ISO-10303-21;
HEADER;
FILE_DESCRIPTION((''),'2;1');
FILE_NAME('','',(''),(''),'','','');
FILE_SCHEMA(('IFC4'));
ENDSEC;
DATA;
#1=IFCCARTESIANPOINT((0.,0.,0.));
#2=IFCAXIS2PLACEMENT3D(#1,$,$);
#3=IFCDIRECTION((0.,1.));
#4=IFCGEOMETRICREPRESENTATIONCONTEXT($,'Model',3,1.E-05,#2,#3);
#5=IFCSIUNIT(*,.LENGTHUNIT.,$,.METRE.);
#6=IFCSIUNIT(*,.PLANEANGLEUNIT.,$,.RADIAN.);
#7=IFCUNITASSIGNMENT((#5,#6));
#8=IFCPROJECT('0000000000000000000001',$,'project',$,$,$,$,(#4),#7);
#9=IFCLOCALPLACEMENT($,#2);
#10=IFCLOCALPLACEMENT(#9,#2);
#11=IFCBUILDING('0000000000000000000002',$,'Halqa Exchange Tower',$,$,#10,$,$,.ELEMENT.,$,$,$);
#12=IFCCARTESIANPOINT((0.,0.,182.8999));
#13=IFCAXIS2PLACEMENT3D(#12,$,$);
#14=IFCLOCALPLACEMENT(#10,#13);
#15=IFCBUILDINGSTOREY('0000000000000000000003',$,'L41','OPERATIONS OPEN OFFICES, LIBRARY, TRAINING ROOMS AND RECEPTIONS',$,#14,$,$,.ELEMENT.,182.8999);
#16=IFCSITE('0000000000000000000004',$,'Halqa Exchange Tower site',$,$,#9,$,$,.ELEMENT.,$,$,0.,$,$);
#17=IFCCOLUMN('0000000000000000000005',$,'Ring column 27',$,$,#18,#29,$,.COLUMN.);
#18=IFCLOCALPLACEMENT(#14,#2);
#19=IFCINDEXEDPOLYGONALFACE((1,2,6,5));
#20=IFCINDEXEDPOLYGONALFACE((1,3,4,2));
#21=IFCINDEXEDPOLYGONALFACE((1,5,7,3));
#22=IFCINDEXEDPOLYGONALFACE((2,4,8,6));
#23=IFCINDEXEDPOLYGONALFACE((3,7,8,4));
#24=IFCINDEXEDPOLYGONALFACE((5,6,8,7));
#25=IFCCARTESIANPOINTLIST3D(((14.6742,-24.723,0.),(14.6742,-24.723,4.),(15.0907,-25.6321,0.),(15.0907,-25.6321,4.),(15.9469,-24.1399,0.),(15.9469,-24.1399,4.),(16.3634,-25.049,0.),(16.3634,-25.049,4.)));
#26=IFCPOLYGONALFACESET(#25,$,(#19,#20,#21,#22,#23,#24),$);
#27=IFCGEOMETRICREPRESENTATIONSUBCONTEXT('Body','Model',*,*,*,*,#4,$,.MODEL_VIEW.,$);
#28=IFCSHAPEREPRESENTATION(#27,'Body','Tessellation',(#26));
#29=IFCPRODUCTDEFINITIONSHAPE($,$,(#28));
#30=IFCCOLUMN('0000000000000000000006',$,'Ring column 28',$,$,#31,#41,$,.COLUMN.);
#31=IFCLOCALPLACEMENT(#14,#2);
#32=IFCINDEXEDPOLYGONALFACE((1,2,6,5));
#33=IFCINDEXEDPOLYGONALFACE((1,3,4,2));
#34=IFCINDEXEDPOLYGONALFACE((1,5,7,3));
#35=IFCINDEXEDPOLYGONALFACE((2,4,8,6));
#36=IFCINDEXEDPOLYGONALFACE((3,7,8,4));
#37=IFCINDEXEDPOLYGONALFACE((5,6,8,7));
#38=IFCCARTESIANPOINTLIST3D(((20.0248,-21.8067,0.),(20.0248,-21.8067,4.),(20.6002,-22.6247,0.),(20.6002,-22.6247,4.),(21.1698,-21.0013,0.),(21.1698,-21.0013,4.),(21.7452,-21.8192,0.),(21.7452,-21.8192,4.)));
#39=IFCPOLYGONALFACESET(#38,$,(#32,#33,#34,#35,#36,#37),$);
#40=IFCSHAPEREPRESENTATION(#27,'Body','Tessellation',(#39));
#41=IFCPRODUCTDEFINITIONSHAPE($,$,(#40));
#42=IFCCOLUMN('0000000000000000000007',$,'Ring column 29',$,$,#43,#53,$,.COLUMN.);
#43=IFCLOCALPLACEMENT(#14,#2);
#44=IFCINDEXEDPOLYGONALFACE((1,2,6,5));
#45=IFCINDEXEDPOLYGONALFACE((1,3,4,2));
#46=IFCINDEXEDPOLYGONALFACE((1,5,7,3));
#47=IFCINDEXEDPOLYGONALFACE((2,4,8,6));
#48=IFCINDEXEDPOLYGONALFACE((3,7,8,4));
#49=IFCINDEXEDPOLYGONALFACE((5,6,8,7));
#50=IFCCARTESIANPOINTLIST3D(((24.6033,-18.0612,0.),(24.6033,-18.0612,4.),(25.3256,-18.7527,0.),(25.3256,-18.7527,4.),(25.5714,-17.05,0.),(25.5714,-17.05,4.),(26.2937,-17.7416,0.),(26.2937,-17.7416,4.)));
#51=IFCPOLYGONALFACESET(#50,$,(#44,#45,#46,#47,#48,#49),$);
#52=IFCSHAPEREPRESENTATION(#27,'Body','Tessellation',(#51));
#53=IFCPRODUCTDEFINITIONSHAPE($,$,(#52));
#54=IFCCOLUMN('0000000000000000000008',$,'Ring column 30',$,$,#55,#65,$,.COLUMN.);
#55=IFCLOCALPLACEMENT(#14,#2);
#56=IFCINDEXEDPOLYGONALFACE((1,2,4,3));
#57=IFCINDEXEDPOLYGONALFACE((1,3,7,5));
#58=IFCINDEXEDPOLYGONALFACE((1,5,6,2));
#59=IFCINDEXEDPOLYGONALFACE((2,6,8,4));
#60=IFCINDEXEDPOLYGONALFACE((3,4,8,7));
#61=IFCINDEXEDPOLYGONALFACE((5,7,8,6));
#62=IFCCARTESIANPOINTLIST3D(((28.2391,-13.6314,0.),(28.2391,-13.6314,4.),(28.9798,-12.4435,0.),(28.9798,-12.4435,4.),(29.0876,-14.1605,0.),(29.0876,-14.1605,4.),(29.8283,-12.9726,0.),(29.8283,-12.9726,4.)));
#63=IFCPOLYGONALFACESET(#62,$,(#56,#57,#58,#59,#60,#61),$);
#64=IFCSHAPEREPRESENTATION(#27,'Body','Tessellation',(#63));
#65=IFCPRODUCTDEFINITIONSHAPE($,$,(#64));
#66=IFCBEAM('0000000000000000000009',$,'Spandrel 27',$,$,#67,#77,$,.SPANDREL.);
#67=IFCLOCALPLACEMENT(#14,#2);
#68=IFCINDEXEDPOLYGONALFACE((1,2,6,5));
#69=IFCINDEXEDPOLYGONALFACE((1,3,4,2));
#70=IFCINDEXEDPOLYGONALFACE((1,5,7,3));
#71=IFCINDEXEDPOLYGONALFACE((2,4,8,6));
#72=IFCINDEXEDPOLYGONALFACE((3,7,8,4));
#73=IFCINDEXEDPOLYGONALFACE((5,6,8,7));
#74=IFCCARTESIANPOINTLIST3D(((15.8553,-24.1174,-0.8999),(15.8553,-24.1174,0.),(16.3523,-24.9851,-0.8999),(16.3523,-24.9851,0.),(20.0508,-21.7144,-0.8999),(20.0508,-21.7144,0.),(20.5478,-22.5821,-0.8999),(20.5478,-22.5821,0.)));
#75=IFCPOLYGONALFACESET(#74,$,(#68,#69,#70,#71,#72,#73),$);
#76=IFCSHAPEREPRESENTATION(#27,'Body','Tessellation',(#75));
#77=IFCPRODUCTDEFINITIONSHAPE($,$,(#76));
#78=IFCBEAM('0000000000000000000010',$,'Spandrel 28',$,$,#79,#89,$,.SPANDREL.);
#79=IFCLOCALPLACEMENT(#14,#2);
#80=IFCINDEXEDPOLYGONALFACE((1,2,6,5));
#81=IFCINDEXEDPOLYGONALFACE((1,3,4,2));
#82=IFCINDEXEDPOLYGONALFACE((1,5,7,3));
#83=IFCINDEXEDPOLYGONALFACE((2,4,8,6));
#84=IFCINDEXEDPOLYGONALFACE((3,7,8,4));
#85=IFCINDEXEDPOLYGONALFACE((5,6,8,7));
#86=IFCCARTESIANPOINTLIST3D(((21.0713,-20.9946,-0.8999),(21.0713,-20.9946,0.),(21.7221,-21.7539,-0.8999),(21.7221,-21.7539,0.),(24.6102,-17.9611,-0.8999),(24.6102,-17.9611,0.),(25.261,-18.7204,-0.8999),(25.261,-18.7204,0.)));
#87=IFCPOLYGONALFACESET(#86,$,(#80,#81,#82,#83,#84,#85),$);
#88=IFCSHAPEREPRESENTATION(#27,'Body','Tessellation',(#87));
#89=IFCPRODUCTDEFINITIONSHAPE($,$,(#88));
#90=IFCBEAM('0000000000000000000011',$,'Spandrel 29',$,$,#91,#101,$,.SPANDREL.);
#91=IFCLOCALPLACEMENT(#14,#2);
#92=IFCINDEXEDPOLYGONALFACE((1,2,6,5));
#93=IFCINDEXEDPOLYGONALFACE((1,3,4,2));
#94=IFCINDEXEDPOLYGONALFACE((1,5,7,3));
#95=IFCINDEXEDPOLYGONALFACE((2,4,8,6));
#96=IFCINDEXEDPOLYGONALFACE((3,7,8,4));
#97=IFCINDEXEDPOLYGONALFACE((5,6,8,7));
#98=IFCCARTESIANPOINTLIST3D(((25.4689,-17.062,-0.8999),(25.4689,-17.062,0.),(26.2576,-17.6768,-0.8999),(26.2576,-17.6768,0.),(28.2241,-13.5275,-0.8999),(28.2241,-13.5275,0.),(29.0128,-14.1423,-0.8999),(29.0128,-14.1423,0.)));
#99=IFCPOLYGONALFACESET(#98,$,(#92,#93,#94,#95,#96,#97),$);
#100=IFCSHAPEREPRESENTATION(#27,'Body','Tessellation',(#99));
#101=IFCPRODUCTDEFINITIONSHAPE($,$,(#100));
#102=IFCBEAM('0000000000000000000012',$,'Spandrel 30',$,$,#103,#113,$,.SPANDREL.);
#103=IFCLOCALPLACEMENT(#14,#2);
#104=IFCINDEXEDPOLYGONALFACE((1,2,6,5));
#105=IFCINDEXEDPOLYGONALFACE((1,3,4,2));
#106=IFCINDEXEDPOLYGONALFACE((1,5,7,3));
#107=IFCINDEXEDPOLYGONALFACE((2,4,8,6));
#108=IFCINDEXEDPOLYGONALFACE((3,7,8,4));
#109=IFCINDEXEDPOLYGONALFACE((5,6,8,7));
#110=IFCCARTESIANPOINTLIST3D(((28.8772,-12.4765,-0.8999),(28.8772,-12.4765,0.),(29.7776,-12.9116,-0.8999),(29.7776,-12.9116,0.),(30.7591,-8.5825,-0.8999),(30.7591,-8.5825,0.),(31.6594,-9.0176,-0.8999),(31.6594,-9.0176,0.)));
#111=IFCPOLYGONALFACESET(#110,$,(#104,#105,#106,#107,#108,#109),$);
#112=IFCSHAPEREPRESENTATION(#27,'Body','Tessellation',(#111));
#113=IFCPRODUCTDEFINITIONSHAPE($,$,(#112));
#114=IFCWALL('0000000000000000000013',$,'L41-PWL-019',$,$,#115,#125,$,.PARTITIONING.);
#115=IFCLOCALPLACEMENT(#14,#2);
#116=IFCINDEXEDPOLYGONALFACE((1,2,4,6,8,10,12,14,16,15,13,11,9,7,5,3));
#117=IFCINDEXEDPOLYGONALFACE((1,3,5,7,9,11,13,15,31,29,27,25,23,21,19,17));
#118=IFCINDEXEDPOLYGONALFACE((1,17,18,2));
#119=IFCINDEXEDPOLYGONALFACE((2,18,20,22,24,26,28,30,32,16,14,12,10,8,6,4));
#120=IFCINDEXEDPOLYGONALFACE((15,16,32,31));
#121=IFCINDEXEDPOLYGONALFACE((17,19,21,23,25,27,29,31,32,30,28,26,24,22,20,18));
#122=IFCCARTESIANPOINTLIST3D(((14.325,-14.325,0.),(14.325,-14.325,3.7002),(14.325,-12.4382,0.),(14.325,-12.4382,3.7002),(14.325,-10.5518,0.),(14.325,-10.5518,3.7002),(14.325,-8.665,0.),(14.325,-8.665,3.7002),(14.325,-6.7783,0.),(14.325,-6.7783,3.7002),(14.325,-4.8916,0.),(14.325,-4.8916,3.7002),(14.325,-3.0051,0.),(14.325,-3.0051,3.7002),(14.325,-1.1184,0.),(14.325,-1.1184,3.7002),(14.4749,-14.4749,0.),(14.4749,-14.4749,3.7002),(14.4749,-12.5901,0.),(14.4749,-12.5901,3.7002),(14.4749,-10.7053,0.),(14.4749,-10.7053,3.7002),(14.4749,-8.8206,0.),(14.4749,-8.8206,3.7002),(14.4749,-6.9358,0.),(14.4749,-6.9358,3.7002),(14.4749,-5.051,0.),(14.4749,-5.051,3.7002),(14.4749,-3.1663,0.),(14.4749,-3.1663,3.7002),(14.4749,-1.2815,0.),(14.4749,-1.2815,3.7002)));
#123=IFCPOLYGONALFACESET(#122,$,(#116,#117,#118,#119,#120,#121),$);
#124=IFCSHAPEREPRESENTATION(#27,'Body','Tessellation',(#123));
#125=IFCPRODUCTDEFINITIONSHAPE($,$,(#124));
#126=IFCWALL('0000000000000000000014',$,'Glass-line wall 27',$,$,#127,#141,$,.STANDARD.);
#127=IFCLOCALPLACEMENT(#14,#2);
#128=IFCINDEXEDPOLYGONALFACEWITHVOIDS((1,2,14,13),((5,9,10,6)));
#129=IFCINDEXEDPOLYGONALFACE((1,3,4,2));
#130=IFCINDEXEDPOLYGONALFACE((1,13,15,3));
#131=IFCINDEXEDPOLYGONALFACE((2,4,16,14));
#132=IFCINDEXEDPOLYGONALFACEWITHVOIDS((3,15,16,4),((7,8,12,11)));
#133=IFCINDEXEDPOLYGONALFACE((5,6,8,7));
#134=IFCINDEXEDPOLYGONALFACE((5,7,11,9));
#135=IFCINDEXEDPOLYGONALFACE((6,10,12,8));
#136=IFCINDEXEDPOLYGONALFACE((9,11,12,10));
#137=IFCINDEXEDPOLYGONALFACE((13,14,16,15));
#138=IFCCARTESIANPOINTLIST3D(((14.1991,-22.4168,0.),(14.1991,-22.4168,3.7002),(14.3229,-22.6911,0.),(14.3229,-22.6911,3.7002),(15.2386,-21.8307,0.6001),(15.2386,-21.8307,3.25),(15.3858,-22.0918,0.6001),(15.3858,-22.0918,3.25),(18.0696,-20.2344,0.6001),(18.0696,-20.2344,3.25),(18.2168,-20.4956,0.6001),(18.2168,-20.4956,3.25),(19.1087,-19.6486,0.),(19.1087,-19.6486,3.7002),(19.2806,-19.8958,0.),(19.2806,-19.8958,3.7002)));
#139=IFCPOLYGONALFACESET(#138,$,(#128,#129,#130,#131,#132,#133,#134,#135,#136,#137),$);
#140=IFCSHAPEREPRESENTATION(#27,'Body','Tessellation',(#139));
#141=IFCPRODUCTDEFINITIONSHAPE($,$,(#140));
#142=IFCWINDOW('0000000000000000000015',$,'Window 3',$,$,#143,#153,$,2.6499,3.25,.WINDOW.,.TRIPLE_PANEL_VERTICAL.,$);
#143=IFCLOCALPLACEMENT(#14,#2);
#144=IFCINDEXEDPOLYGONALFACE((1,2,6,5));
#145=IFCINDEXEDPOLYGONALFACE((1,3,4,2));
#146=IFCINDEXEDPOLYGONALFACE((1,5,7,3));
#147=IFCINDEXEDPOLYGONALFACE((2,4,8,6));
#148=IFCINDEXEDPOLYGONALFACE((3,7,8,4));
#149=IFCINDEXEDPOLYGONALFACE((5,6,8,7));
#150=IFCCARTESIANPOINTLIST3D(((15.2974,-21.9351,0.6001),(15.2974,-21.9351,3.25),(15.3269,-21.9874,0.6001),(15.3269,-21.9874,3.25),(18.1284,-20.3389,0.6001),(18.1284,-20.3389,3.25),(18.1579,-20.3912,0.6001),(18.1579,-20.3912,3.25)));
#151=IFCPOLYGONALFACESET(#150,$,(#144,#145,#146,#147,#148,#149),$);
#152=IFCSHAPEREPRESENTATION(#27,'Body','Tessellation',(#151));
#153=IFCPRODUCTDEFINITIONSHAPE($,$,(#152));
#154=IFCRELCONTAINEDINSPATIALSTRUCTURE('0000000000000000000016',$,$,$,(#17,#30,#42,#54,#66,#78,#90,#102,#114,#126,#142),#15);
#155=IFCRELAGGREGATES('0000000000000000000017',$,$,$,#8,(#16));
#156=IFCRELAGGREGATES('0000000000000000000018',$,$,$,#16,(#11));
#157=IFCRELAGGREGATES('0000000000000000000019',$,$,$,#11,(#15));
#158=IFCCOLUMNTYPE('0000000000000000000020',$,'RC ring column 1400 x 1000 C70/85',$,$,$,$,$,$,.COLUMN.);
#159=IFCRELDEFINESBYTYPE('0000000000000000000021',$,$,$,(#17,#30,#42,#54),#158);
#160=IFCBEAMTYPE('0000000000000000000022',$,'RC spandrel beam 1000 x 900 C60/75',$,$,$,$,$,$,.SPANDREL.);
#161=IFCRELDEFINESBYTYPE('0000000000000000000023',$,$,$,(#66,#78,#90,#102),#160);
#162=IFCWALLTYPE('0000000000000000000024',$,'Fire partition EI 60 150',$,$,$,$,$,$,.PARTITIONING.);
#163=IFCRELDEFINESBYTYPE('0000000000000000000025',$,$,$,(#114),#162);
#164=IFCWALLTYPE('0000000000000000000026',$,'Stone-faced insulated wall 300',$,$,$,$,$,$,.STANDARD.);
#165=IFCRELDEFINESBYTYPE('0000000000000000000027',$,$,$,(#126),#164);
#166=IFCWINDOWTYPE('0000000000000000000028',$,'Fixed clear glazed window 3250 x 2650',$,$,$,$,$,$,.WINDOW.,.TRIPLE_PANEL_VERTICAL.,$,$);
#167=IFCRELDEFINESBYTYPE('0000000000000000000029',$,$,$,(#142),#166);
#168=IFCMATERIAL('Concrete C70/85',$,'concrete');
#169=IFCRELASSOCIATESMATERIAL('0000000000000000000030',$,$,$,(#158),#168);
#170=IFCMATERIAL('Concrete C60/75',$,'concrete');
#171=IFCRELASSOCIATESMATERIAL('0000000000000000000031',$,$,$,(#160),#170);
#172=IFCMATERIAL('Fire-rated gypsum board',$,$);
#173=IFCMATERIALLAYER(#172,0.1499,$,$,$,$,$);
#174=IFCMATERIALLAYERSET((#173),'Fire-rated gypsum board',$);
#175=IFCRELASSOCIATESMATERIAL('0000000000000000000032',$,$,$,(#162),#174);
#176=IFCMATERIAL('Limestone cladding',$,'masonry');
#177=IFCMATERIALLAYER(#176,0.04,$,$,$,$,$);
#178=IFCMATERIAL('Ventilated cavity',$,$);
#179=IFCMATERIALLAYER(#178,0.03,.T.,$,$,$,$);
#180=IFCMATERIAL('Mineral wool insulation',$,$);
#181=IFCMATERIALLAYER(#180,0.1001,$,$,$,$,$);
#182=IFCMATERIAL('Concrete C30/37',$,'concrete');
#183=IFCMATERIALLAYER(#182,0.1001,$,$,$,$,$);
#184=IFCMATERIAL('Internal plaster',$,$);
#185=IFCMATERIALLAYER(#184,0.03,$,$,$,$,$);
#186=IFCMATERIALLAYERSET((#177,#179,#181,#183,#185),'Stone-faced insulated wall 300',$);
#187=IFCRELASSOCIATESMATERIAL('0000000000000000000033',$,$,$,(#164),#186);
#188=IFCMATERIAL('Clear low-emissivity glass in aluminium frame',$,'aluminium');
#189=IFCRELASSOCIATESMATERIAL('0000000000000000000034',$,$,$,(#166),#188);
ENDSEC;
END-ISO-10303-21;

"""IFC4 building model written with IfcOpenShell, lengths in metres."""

from ifc_helpers import new_model, si_unit, direction, frame, frame_2d, origin, origin_2d, place, context, subcontext, project, spatial, polyline, rectangle, outline, extrude, material, layer, layer_set, material_profile, profile_set, type_object, element, fill, save


model = new_model("IFC4")

# Units and contexts
model_context = context("Model", 3, precision=1e-05, world=origin(), true_north=direction((0.0, 1.0)))
body_context = subcontext(model_context, "Body", "Model", "MODEL_VIEW")
ifc_project = project(units=[si_unit("LENGTHUNIT", "METRE"), si_unit("PLANEANGLEUNIT", "RADIAN")], contexts=[model_context])

# Site, building, storey
site_placement = place(None, origin())
site = spatial("IfcSite", under=ifc_project, at=site_placement, Name="Halqa Exchange Tower site", CompositionType="ELEMENT", RefElevation=0.0)
building_placement = place(site_placement, origin())
building = spatial("IfcBuilding", under=site, at=building_placement, Name="Halqa Exchange Tower", CompositionType="ELEMENT")
storey_placement = place(building_placement, frame((0.0, 0.0, 182.8999)))
storey = spatial("IfcBuildingStorey", under=building, at=storey_placement, Name="L41", Description="OPERATIONS OPEN OFFICES, LIBRARY, TRAINING ROOMS AND RECEPTIONS", CompositionType="ELEMENT", Elevation=182.8999)

# Columns
ifc_material_1 = material(Name="Concrete C70/85", Category="concrete")
ifc_material_profile_1 = material_profile(ifc_material_1, rectangle(XDim=1.3999, YDim=1.0, at=origin_2d()), Name="1400 x 1000")
ifc_profile_set_1 = profile_set([ifc_material_profile_1], Name="Concrete C70/85")
column_type = type_object("IfcColumnType", Name="RC ring column 1400 x 1000 C70/85", PredefinedType="COLUMN", material=ifc_profile_set_1)
for number, where, z_axis, x_axis, name in (
    (1, (15.5188, -24.886, 0.0), (0.0, 0.0, 1.0), (0.909128, 0.416517, 0.0), "Ring column 27"),
    (2, (20.885, -21.813, 0.0), (0.0, 0.0, 1.0), (0.817912, 0.575344, 0.0), "Ring column 28"),
    (3, (25.4485, -17.9014, 0.0), (0.0, 0.0, 1.0), (0.691575, 0.722305, 0.0), "Ring column 29"),
    (4, (29.0337, -13.302, 0.0), (0.0, 0.0, 1.0), (0.529138, 0.848536, 0.0), "Ring column 30"),
):
    element("IfcColumn", number, at=place(storey_placement, frame(where, z_axis=z_axis, x_axis=x_axis)), inside=storey, type_object=column_type, Name=name, PredefinedType="COLUMN", context=body_context, shape_type="SweptSolid", body=[
        extrude(rectangle(XDim=1.3999, YDim=1.0, at=origin_2d()), origin(), (0.0, 0.0, 1.0), 4.0),
    ])

# Beams
ifc_material_2 = material(Name="Concrete C60/75", Category="concrete")
ifc_material_profile_2 = material_profile(ifc_material_2, rectangle(XDim=1.0, YDim=0.8999, at=origin_2d()), Name="1000 x 900")
ifc_profile_set_2 = profile_set([ifc_material_profile_2], Name="Concrete C60/75")
beam_type = type_object("IfcBeamType", Name="RC spandrel beam 1000 x 900 C60/75", PredefinedType="SPANDREL", material=ifc_profile_set_2)
beam_1_placement = place(storey_placement, frame((16.1038, -24.5513, -0.45), z_axis=(0.867742, 0.497014, 0.0), x_axis=(-0.497014, 0.867742, 0.0)))
element("IfcBeam", 5, at=beam_1_placement, inside=storey, type_object=beam_type, Name="Spandrel 27", PredefinedType="SPANDREL", context=body_context, shape_type="SweptSolid", body=[
    extrude(rectangle(XDim=1.0, YDim=0.8999, at=origin_2d()), origin(), (0.0, 0.0, 1.0), 4.835),
])
beam_2_placement = place(storey_placement, frame((21.3967, -21.3743, -0.45), z_axis=(0.759238, 0.650813, 0.0), x_axis=(-0.650813, 0.759238, 0.0)))
element("IfcBeam", 6, at=beam_2_placement, inside=storey, type_object=beam_type, Name="Spandrel 28", PredefinedType="SPANDREL", context=body_context, shape_type="SweptSolid", body=[
    extrude(rectangle(XDim=1.0, YDim=0.8999, at=origin_2d()), origin(), (0.0, 0.0, 1.0), 4.6611),
])
beam_3_placement = place(storey_placement, frame((25.8633, -17.3694, -0.45), z_axis=(0.614793, 0.788689, 0.0), x_axis=(-0.788689, 0.614793, 0.0)))
element("IfcBeam", 7, at=beam_3_placement, inside=storey, type_object=beam_type, Name="Spandrel 29", PredefinedType="SPANDREL", context=body_context, shape_type="SweptSolid", body=[
    extrude(rectangle(XDim=1.0, YDim=0.8999, at=origin_2d()), origin(), (0.0, 0.0, 1.0), 4.4814),
])
beam_4_placement = place(storey_placement, frame((29.3274, -12.6941, -0.45), z_axis=(0.435115, 0.900375, 0.0), x_axis=(-0.900375, 0.435115, 0.0)))
element("IfcBeam", 8, at=beam_4_placement, inside=storey, type_object=beam_type, Name="Spandrel 30", PredefinedType="SPANDREL", context=body_context, shape_type="SweptSolid", body=[
    extrude(rectangle(XDim=1.0, YDim=0.8999, at=origin_2d()), origin(), (0.0, 0.0, 1.0), 4.325),
])

# Shared definitions
ifc_material_3 = material(Name="Fire-rated gypsum board")
ifc_layer_1 = layer(ifc_material_3, 0.1499)
ifc_layer_set_1 = layer_set([ifc_layer_1], Name="Fire-rated gypsum board")
wall_type_1 = type_object("IfcWallType", Name="Fire partition EI 60 150", PredefinedType="PARTITIONING", material=ifc_layer_set_1)

# Wall
wall_1_placement = place(storey_placement, frame((14.3999, -14.4751, 0.0), z_axis=(0.0, 0.0, 1.0), x_axis=(0.0, 1.0, 0.0)))
element("IfcWall", 9, at=wall_1_placement, inside=storey, type_object=wall_type_1, Name="L41-PWL-019", PredefinedType="PARTITIONING", context=body_context, shape_type="SweptSolid", body=[
    extrude(outline(polyline([(0.0002, -0.075), (1.885, -0.075), (3.7698, -0.075), (5.6545, -0.075), (7.5393, -0.075), (9.4241, -0.075), (11.3088, -0.075), (13.1936, -0.075), (13.3567, 0.075), (11.47, 0.075), (9.5835, 0.075), (7.6968, 0.075), (5.8101, 0.075), (3.9233, 0.075), (2.0369, 0.075), (0.1501, 0.075), (0.0002, -0.075)])), origin(), (0.0, 0.0, 1.0), 3.7002),
])

# Wall, opening, window
ifc_material_4 = material(Name="Limestone cladding", Category="masonry")
ifc_layer_2 = layer(ifc_material_4, 0.04)
ifc_material_5 = material(Name="Ventilated cavity")
ifc_layer_3 = layer(ifc_material_5, 0.03, ventilated=True)
ifc_material_6 = material(Name="Mineral wool insulation")
ifc_layer_4 = layer(ifc_material_6, 0.1001)
ifc_material_7 = material(Name="Concrete C30/37", Category="concrete")
ifc_layer_5 = layer(ifc_material_7, 0.1001)
ifc_material_8 = material(Name="Internal plaster")
ifc_layer_6 = layer(ifc_material_8, 0.03)
ifc_layer_set_2 = layer_set([ifc_layer_2, ifc_layer_3, ifc_layer_4, ifc_layer_5, ifc_layer_6], Name="Stone-faced insulated wall 300")
wall_type_2 = type_object("IfcWallType", Name="Stone-faced insulated wall 300", PredefinedType="STANDARD", material=ifc_layer_set_2)
wall_2_placement = place(storey_placement, frame((14.261, -22.554, 0.0), z_axis=(0.0, 0.0, 1.0), x_axis=(0.871078, 0.491145, 0.0)))
wall_2 = element("IfcWall", 10, at=wall_2_placement, inside=storey, type_object=wall_type_2, Name="Glass-line wall 27", PredefinedType="STANDARD", context=body_context, shape_type="SweptSolid", body=[
    extrude(outline(polyline([(-0.0134, -0.1499), (5.678, -0.1499), (5.6497, 0.1499), (0.0134, 0.1499), (-0.0134, -0.1499)])), origin(), (0.0, 0.0, 1.0), 3.7002),
])
opening_1_placement = place(wall_2_placement, frame((1.2068, 0.0, 0.6001)))
opening_1 = element("IfcOpeningElement", 11, at=opening_1_placement, cuts=wall_2, PredefinedType="OPENING", context=body_context, shape_type="SweptSolid", body=[
    extrude(rectangle(XDim=3.25, YDim=2.6499, at=frame_2d((1.625, 1.325))), frame((0.0, 0.1621, 0.0), z_axis=(0.0, -1.0, 0.0), x_axis=(1.0, 0.0, 0.0)), (0.0, 0.0, 1.0), 0.324),
])
ifc_material_9 = material(Name="Clear low-emissivity glass in aluminium frame", Category="aluminium")
window_type = type_object("IfcWindowType", Name="Fixed clear glazed window 3250 x 2650", PartitioningType="TRIPLE_PANEL_VERTICAL", PredefinedType="WINDOW", material=ifc_material_9)
window_1_placement = place(opening_1_placement, origin())
window_1 = element("IfcWindow", 12, at=window_1_placement, inside=storey, type_object=window_type, Name="Window 3", OverallHeight=2.6499, OverallWidth=3.25, PartitioningType="TRIPLE_PANEL_VERTICAL", PredefinedType="WINDOW", context=body_context, shape_type="SweptSolid", body=[
    extrude(rectangle(XDim=3.25, YDim=2.6499, at=frame_2d((1.625, 1.325))), frame((0.0, 0.03, 0.0), z_axis=(0.0, -1.0, 0.0), x_axis=(1.0, 0.0, 0.0)), (0.0, 0.0, 1.0), 0.0601),
])
fill(opening_1, window_1)

save(model, "model.ifc")
